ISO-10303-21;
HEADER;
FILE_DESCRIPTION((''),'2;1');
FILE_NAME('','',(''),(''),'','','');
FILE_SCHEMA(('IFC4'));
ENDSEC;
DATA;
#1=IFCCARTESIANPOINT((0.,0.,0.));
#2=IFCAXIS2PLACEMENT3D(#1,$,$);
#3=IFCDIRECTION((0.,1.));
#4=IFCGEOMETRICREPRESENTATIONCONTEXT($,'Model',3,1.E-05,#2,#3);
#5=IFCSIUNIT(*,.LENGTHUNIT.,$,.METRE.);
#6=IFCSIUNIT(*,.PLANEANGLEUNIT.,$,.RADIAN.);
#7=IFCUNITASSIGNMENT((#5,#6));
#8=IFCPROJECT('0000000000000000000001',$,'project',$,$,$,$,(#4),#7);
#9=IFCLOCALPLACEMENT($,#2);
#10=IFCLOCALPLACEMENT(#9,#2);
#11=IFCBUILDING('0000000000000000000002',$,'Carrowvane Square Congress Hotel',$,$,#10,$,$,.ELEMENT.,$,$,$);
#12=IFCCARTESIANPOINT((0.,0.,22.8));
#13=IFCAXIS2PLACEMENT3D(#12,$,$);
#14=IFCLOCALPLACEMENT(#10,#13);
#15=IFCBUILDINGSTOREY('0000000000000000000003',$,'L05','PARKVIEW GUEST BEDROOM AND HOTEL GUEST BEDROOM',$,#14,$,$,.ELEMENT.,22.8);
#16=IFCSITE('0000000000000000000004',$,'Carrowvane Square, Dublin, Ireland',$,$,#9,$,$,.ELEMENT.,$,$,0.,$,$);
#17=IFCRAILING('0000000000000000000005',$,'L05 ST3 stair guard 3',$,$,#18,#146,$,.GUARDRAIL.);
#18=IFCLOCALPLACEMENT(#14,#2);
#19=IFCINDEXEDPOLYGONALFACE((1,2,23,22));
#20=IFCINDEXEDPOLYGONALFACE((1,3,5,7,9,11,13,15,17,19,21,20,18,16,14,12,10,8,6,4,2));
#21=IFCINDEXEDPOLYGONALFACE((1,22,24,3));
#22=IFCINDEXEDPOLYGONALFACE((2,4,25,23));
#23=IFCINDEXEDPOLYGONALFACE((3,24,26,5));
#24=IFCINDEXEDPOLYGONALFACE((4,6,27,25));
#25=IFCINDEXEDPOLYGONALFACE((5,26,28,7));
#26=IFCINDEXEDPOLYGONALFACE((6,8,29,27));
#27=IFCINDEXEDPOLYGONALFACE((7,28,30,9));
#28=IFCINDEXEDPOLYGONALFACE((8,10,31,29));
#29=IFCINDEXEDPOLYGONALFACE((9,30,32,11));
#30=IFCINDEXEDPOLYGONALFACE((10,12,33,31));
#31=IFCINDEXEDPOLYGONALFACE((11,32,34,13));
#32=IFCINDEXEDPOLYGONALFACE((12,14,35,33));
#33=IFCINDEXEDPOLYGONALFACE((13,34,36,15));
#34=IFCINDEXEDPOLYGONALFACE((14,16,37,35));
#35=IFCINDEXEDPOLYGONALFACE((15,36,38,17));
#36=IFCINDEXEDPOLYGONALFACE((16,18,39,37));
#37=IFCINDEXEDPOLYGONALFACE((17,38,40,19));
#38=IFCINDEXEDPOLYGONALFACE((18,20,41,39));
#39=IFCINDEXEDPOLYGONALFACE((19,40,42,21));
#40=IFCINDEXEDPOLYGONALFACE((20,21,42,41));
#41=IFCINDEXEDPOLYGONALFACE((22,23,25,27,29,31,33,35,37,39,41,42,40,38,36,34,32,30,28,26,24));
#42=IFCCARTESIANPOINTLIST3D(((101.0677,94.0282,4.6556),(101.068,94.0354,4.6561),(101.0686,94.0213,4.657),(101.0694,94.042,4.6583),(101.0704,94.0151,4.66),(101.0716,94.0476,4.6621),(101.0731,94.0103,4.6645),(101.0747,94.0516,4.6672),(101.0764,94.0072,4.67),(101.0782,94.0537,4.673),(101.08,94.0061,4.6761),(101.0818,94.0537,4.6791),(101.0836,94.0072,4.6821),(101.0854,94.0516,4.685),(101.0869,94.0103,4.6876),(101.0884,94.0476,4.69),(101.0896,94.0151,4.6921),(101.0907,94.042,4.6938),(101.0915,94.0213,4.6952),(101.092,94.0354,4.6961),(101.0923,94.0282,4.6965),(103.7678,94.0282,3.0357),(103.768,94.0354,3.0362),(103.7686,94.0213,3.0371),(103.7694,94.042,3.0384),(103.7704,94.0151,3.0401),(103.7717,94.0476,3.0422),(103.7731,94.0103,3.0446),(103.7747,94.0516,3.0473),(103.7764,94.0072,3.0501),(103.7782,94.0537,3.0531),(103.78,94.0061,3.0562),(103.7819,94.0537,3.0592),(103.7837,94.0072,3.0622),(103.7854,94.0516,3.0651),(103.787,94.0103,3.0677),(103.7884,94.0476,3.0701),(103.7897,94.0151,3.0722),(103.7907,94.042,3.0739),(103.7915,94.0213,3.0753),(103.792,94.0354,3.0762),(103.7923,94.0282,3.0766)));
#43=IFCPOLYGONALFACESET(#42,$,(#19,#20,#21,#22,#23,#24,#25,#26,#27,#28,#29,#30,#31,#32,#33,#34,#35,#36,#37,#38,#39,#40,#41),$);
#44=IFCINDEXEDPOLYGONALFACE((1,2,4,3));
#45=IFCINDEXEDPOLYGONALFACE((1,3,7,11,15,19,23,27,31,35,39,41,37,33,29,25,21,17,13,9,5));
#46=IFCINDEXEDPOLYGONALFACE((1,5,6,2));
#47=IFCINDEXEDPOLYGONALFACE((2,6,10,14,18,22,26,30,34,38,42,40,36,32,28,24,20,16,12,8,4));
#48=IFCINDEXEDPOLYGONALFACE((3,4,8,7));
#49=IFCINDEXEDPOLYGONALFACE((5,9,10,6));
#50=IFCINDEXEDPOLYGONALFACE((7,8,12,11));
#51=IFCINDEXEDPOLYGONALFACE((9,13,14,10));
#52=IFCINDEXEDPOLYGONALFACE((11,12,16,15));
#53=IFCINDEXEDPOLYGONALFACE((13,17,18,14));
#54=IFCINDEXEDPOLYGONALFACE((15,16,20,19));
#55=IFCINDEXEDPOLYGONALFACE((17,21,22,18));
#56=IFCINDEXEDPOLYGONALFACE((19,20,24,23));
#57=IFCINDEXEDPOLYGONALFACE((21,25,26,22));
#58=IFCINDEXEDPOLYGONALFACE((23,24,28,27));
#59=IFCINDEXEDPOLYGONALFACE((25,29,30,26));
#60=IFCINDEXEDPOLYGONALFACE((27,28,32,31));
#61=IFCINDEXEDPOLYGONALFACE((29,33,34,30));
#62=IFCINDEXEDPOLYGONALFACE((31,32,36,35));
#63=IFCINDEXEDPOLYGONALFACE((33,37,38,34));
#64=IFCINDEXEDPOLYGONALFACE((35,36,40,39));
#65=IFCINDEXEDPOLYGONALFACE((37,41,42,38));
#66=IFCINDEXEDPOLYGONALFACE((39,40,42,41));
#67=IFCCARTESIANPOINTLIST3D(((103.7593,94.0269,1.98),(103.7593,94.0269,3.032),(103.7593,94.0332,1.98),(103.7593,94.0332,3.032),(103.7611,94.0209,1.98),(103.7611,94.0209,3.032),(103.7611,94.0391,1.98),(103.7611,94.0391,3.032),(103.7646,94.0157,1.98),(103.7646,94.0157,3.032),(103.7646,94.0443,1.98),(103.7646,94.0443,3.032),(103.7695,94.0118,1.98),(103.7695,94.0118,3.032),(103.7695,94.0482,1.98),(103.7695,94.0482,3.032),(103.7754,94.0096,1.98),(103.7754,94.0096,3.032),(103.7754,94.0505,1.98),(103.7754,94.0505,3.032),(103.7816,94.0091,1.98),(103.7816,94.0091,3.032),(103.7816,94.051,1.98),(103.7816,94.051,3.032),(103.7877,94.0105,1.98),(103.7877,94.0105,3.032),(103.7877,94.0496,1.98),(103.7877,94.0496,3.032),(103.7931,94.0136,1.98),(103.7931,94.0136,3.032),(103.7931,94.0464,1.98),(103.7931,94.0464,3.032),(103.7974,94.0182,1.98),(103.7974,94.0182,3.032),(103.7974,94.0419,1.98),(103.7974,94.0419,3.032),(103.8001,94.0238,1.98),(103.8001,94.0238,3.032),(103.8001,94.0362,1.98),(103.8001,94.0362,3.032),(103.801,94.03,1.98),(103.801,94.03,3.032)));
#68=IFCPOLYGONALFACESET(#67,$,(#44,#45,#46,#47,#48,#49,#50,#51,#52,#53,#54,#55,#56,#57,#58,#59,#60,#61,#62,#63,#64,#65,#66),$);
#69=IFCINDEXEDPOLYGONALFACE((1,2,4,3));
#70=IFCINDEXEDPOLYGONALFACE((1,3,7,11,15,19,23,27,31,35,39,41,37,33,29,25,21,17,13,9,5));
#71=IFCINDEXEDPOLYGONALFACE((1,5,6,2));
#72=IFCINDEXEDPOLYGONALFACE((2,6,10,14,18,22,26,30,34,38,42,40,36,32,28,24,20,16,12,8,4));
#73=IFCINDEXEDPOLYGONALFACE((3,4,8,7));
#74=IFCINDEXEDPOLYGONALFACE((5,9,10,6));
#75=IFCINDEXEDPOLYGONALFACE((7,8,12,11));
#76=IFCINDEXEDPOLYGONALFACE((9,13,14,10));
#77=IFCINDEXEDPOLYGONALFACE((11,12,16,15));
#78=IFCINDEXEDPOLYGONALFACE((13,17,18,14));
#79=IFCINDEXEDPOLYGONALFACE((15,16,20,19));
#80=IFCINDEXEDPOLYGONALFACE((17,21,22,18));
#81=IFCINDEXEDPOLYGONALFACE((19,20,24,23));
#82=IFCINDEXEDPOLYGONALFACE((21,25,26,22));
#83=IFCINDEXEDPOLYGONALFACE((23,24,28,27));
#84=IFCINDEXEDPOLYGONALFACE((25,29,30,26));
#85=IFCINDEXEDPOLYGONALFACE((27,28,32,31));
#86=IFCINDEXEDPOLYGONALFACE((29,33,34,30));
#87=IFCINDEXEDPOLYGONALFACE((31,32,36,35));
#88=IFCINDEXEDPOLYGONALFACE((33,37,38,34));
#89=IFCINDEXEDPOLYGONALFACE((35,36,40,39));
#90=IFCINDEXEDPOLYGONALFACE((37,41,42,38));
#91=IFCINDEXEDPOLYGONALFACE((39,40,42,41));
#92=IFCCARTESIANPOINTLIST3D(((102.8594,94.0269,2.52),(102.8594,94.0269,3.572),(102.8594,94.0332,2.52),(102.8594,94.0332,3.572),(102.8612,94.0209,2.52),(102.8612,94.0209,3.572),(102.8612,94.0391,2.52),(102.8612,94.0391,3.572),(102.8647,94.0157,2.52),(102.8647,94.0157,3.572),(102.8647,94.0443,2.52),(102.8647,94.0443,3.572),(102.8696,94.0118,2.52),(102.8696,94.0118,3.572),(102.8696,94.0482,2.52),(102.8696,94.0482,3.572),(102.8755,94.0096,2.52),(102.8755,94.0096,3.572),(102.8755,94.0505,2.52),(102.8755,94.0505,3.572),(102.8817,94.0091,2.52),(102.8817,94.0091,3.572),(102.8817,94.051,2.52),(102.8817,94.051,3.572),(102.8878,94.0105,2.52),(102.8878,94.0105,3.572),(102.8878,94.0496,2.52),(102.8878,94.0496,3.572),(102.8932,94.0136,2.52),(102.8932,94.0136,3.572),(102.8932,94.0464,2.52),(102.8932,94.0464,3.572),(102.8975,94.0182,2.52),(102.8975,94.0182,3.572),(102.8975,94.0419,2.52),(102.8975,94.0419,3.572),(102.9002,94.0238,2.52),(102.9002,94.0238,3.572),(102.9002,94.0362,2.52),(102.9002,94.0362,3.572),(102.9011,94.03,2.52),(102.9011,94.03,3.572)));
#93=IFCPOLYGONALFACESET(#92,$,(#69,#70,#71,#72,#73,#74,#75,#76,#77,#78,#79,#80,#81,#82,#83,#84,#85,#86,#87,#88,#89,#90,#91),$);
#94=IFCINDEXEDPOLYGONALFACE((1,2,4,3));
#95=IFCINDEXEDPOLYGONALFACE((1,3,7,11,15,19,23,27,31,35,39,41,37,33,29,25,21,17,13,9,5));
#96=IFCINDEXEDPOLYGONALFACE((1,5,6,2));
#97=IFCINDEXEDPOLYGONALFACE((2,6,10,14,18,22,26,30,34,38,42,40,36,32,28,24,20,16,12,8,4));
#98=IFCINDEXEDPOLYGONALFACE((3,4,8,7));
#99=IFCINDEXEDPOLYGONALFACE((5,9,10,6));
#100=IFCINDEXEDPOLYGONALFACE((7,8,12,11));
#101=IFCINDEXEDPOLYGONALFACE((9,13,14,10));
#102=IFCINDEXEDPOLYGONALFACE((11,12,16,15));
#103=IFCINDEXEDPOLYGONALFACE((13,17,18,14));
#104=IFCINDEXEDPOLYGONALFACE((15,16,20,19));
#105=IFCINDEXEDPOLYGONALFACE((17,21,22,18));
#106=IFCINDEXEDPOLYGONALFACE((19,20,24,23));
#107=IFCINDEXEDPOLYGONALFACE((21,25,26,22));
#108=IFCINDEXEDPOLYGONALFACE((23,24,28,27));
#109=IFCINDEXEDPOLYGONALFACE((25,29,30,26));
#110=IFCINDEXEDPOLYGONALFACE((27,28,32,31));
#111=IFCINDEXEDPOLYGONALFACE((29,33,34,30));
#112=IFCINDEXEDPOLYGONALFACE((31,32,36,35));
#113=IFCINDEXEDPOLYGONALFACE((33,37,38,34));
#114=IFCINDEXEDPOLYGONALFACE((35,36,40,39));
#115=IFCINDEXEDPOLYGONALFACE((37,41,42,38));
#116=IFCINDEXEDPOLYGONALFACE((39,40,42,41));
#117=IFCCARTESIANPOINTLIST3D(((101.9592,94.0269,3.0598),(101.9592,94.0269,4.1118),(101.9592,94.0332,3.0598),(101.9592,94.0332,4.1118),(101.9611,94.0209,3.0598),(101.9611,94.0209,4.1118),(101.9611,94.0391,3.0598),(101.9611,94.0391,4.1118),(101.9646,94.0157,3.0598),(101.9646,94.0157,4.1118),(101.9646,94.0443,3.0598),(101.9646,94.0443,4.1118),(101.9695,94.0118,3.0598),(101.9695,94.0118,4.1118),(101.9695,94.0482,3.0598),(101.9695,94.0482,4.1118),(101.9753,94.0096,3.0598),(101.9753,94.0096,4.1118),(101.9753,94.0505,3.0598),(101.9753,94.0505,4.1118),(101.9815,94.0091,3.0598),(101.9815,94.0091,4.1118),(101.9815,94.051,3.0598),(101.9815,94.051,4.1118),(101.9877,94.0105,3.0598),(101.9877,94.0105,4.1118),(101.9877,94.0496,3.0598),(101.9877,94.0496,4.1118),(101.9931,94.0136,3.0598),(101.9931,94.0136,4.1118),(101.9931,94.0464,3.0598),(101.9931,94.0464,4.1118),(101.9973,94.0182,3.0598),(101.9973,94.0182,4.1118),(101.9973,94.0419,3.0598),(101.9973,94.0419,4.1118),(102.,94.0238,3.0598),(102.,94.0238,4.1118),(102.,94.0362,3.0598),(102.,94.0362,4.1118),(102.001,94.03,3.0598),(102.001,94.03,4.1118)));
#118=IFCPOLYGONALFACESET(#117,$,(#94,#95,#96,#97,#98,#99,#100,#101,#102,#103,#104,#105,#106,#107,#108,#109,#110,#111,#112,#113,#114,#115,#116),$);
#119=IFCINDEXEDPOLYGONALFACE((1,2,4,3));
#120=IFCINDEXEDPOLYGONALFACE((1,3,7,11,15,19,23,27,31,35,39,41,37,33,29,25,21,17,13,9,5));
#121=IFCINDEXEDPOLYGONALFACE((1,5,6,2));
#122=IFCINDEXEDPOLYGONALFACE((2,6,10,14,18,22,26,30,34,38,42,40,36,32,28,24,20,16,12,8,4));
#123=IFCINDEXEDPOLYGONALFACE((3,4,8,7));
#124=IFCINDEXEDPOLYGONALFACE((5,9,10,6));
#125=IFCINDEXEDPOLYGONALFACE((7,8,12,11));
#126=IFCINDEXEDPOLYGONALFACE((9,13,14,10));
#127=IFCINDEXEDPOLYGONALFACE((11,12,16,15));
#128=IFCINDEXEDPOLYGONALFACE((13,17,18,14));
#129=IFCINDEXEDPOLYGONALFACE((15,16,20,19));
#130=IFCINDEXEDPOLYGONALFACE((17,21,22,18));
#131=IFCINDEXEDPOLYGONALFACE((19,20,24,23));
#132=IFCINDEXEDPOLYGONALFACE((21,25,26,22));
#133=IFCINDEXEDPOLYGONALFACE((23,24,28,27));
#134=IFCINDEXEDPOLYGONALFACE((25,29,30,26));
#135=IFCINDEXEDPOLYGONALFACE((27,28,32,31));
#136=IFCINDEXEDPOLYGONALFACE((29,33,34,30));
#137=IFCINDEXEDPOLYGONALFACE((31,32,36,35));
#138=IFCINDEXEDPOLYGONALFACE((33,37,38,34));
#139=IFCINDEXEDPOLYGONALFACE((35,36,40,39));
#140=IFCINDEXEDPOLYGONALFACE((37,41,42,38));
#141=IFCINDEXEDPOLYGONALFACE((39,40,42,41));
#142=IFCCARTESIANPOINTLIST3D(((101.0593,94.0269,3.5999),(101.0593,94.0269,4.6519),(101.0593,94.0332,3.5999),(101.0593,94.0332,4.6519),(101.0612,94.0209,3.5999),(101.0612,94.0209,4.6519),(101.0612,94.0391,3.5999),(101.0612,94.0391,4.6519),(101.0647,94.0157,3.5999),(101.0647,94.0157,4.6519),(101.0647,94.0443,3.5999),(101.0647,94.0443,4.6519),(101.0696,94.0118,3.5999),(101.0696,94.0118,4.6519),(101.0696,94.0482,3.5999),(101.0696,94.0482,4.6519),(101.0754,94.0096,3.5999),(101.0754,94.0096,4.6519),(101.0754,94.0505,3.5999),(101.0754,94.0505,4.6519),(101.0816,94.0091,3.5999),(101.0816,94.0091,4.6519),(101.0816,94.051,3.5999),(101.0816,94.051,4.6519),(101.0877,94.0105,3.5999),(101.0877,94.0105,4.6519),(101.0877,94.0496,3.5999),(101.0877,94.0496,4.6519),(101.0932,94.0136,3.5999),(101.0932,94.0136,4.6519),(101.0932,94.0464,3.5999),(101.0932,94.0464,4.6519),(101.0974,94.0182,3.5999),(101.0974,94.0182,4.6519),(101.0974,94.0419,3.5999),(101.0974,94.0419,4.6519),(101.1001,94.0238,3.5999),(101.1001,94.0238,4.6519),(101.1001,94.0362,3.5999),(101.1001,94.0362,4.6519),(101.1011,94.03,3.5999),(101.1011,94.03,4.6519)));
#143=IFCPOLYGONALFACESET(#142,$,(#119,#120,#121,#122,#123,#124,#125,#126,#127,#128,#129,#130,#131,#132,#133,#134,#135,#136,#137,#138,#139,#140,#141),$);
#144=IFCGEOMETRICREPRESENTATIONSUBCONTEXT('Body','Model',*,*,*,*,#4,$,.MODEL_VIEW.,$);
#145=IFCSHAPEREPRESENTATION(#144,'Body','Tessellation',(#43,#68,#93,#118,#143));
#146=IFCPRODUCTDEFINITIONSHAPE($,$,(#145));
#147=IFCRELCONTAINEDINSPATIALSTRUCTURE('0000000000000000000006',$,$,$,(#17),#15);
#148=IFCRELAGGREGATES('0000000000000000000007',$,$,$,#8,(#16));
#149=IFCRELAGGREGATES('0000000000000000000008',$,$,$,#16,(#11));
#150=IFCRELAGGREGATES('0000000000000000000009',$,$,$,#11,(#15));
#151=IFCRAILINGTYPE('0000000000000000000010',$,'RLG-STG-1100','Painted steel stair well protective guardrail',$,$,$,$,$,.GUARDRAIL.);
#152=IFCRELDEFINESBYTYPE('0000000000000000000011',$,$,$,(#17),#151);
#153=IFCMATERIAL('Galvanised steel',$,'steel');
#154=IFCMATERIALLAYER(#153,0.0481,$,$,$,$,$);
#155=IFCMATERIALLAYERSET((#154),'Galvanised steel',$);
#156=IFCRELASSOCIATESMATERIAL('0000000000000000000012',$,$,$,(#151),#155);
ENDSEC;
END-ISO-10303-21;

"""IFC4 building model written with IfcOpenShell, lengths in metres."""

from ifc_helpers import new_model, si_unit, direction, frame, origin, origin_2d, place, context, subcontext, project, spatial, circle, extrude, material, layer, layer_set, type_object, element, save


model = new_model("IFC4")

# Units and contexts
model_context = context("Model", 3, precision=1e-05, world=origin(), true_north=direction((0.0, 1.0)))
body_context = subcontext(model_context, "Body", "Model", "MODEL_VIEW")
ifc_project = project(units=[si_unit("LENGTHUNIT", "METRE"), si_unit("PLANEANGLEUNIT", "RADIAN")], contexts=[model_context])

# Site, building, storey
site_placement = place(None, origin())
site = spatial("IfcSite", under=ifc_project, at=site_placement, Name="Carrowvane Square, Dublin, Ireland", CompositionType="ELEMENT", RefElevation=0.0)
building_placement = place(site_placement, origin())
building = spatial("IfcBuilding", under=site, at=building_placement, Name="Carrowvane Square Congress Hotel", CompositionType="ELEMENT")
storey_placement = place(building_placement, frame((0.0, 0.0, 22.8)))
storey = spatial("IfcBuildingStorey", under=building, at=storey_placement, Name="L05", Description="PARKVIEW GUEST BEDROOM AND HOTEL GUEST BEDROOM", CompositionType="ELEMENT", Elevation=22.8)

# Railing
ifc_material_1 = material(Name="Galvanised steel", Category="steel")
ifc_layer_1 = layer(ifc_material_1, 0.0481)
ifc_layer_set_1 = layer_set([ifc_layer_1], Name="Galvanised steel")
railing_type_1 = type_object("IfcRailingType", Name="RLG-STG-1100", Description="Painted steel stair well protective guardrail", PredefinedType="GUARDRAIL", material=ifc_layer_set_1)
railing_1_placement = place(storey_placement, frame((103.78, 94.03, 1.98)))
element("IfcRailing", 1, at=railing_1_placement, inside=storey, type_object=railing_type_1, Name="L05 ST3 stair guard 3", PredefinedType="GUARDRAIL", context=body_context, shape_type="SweptSolid", body=[
    extrude(circle(Radius=0.0239, at=origin_2d()), frame((0.0, 0.0, 1.0762), z_axis=(-0.857507, 0.0, 0.514473), x_axis=(0.0, -1.0, 0.0)), (0.0, 0.0, 1.0), 3.1487),
    extrude(circle(Radius=0.021, at=origin_2d()), origin(), (0.0, 0.0, 1.0), 1.052),
    extrude(circle(Radius=0.021, at=origin_2d()), frame((-0.8999, 0.0, 0.54)), (0.0, 0.0, 1.0), 1.052),
    extrude(circle(Radius=0.021, at=origin_2d()), frame((-1.8, 0.0, 1.0798)), (0.0, 0.0, 1.0), 1.052),
    extrude(circle(Radius=0.021, at=origin_2d()), frame((-2.7, 0.0, 1.6199)), (0.0, 0.0, 1.0), 1.052),
])

save(model, "model.ifc")
